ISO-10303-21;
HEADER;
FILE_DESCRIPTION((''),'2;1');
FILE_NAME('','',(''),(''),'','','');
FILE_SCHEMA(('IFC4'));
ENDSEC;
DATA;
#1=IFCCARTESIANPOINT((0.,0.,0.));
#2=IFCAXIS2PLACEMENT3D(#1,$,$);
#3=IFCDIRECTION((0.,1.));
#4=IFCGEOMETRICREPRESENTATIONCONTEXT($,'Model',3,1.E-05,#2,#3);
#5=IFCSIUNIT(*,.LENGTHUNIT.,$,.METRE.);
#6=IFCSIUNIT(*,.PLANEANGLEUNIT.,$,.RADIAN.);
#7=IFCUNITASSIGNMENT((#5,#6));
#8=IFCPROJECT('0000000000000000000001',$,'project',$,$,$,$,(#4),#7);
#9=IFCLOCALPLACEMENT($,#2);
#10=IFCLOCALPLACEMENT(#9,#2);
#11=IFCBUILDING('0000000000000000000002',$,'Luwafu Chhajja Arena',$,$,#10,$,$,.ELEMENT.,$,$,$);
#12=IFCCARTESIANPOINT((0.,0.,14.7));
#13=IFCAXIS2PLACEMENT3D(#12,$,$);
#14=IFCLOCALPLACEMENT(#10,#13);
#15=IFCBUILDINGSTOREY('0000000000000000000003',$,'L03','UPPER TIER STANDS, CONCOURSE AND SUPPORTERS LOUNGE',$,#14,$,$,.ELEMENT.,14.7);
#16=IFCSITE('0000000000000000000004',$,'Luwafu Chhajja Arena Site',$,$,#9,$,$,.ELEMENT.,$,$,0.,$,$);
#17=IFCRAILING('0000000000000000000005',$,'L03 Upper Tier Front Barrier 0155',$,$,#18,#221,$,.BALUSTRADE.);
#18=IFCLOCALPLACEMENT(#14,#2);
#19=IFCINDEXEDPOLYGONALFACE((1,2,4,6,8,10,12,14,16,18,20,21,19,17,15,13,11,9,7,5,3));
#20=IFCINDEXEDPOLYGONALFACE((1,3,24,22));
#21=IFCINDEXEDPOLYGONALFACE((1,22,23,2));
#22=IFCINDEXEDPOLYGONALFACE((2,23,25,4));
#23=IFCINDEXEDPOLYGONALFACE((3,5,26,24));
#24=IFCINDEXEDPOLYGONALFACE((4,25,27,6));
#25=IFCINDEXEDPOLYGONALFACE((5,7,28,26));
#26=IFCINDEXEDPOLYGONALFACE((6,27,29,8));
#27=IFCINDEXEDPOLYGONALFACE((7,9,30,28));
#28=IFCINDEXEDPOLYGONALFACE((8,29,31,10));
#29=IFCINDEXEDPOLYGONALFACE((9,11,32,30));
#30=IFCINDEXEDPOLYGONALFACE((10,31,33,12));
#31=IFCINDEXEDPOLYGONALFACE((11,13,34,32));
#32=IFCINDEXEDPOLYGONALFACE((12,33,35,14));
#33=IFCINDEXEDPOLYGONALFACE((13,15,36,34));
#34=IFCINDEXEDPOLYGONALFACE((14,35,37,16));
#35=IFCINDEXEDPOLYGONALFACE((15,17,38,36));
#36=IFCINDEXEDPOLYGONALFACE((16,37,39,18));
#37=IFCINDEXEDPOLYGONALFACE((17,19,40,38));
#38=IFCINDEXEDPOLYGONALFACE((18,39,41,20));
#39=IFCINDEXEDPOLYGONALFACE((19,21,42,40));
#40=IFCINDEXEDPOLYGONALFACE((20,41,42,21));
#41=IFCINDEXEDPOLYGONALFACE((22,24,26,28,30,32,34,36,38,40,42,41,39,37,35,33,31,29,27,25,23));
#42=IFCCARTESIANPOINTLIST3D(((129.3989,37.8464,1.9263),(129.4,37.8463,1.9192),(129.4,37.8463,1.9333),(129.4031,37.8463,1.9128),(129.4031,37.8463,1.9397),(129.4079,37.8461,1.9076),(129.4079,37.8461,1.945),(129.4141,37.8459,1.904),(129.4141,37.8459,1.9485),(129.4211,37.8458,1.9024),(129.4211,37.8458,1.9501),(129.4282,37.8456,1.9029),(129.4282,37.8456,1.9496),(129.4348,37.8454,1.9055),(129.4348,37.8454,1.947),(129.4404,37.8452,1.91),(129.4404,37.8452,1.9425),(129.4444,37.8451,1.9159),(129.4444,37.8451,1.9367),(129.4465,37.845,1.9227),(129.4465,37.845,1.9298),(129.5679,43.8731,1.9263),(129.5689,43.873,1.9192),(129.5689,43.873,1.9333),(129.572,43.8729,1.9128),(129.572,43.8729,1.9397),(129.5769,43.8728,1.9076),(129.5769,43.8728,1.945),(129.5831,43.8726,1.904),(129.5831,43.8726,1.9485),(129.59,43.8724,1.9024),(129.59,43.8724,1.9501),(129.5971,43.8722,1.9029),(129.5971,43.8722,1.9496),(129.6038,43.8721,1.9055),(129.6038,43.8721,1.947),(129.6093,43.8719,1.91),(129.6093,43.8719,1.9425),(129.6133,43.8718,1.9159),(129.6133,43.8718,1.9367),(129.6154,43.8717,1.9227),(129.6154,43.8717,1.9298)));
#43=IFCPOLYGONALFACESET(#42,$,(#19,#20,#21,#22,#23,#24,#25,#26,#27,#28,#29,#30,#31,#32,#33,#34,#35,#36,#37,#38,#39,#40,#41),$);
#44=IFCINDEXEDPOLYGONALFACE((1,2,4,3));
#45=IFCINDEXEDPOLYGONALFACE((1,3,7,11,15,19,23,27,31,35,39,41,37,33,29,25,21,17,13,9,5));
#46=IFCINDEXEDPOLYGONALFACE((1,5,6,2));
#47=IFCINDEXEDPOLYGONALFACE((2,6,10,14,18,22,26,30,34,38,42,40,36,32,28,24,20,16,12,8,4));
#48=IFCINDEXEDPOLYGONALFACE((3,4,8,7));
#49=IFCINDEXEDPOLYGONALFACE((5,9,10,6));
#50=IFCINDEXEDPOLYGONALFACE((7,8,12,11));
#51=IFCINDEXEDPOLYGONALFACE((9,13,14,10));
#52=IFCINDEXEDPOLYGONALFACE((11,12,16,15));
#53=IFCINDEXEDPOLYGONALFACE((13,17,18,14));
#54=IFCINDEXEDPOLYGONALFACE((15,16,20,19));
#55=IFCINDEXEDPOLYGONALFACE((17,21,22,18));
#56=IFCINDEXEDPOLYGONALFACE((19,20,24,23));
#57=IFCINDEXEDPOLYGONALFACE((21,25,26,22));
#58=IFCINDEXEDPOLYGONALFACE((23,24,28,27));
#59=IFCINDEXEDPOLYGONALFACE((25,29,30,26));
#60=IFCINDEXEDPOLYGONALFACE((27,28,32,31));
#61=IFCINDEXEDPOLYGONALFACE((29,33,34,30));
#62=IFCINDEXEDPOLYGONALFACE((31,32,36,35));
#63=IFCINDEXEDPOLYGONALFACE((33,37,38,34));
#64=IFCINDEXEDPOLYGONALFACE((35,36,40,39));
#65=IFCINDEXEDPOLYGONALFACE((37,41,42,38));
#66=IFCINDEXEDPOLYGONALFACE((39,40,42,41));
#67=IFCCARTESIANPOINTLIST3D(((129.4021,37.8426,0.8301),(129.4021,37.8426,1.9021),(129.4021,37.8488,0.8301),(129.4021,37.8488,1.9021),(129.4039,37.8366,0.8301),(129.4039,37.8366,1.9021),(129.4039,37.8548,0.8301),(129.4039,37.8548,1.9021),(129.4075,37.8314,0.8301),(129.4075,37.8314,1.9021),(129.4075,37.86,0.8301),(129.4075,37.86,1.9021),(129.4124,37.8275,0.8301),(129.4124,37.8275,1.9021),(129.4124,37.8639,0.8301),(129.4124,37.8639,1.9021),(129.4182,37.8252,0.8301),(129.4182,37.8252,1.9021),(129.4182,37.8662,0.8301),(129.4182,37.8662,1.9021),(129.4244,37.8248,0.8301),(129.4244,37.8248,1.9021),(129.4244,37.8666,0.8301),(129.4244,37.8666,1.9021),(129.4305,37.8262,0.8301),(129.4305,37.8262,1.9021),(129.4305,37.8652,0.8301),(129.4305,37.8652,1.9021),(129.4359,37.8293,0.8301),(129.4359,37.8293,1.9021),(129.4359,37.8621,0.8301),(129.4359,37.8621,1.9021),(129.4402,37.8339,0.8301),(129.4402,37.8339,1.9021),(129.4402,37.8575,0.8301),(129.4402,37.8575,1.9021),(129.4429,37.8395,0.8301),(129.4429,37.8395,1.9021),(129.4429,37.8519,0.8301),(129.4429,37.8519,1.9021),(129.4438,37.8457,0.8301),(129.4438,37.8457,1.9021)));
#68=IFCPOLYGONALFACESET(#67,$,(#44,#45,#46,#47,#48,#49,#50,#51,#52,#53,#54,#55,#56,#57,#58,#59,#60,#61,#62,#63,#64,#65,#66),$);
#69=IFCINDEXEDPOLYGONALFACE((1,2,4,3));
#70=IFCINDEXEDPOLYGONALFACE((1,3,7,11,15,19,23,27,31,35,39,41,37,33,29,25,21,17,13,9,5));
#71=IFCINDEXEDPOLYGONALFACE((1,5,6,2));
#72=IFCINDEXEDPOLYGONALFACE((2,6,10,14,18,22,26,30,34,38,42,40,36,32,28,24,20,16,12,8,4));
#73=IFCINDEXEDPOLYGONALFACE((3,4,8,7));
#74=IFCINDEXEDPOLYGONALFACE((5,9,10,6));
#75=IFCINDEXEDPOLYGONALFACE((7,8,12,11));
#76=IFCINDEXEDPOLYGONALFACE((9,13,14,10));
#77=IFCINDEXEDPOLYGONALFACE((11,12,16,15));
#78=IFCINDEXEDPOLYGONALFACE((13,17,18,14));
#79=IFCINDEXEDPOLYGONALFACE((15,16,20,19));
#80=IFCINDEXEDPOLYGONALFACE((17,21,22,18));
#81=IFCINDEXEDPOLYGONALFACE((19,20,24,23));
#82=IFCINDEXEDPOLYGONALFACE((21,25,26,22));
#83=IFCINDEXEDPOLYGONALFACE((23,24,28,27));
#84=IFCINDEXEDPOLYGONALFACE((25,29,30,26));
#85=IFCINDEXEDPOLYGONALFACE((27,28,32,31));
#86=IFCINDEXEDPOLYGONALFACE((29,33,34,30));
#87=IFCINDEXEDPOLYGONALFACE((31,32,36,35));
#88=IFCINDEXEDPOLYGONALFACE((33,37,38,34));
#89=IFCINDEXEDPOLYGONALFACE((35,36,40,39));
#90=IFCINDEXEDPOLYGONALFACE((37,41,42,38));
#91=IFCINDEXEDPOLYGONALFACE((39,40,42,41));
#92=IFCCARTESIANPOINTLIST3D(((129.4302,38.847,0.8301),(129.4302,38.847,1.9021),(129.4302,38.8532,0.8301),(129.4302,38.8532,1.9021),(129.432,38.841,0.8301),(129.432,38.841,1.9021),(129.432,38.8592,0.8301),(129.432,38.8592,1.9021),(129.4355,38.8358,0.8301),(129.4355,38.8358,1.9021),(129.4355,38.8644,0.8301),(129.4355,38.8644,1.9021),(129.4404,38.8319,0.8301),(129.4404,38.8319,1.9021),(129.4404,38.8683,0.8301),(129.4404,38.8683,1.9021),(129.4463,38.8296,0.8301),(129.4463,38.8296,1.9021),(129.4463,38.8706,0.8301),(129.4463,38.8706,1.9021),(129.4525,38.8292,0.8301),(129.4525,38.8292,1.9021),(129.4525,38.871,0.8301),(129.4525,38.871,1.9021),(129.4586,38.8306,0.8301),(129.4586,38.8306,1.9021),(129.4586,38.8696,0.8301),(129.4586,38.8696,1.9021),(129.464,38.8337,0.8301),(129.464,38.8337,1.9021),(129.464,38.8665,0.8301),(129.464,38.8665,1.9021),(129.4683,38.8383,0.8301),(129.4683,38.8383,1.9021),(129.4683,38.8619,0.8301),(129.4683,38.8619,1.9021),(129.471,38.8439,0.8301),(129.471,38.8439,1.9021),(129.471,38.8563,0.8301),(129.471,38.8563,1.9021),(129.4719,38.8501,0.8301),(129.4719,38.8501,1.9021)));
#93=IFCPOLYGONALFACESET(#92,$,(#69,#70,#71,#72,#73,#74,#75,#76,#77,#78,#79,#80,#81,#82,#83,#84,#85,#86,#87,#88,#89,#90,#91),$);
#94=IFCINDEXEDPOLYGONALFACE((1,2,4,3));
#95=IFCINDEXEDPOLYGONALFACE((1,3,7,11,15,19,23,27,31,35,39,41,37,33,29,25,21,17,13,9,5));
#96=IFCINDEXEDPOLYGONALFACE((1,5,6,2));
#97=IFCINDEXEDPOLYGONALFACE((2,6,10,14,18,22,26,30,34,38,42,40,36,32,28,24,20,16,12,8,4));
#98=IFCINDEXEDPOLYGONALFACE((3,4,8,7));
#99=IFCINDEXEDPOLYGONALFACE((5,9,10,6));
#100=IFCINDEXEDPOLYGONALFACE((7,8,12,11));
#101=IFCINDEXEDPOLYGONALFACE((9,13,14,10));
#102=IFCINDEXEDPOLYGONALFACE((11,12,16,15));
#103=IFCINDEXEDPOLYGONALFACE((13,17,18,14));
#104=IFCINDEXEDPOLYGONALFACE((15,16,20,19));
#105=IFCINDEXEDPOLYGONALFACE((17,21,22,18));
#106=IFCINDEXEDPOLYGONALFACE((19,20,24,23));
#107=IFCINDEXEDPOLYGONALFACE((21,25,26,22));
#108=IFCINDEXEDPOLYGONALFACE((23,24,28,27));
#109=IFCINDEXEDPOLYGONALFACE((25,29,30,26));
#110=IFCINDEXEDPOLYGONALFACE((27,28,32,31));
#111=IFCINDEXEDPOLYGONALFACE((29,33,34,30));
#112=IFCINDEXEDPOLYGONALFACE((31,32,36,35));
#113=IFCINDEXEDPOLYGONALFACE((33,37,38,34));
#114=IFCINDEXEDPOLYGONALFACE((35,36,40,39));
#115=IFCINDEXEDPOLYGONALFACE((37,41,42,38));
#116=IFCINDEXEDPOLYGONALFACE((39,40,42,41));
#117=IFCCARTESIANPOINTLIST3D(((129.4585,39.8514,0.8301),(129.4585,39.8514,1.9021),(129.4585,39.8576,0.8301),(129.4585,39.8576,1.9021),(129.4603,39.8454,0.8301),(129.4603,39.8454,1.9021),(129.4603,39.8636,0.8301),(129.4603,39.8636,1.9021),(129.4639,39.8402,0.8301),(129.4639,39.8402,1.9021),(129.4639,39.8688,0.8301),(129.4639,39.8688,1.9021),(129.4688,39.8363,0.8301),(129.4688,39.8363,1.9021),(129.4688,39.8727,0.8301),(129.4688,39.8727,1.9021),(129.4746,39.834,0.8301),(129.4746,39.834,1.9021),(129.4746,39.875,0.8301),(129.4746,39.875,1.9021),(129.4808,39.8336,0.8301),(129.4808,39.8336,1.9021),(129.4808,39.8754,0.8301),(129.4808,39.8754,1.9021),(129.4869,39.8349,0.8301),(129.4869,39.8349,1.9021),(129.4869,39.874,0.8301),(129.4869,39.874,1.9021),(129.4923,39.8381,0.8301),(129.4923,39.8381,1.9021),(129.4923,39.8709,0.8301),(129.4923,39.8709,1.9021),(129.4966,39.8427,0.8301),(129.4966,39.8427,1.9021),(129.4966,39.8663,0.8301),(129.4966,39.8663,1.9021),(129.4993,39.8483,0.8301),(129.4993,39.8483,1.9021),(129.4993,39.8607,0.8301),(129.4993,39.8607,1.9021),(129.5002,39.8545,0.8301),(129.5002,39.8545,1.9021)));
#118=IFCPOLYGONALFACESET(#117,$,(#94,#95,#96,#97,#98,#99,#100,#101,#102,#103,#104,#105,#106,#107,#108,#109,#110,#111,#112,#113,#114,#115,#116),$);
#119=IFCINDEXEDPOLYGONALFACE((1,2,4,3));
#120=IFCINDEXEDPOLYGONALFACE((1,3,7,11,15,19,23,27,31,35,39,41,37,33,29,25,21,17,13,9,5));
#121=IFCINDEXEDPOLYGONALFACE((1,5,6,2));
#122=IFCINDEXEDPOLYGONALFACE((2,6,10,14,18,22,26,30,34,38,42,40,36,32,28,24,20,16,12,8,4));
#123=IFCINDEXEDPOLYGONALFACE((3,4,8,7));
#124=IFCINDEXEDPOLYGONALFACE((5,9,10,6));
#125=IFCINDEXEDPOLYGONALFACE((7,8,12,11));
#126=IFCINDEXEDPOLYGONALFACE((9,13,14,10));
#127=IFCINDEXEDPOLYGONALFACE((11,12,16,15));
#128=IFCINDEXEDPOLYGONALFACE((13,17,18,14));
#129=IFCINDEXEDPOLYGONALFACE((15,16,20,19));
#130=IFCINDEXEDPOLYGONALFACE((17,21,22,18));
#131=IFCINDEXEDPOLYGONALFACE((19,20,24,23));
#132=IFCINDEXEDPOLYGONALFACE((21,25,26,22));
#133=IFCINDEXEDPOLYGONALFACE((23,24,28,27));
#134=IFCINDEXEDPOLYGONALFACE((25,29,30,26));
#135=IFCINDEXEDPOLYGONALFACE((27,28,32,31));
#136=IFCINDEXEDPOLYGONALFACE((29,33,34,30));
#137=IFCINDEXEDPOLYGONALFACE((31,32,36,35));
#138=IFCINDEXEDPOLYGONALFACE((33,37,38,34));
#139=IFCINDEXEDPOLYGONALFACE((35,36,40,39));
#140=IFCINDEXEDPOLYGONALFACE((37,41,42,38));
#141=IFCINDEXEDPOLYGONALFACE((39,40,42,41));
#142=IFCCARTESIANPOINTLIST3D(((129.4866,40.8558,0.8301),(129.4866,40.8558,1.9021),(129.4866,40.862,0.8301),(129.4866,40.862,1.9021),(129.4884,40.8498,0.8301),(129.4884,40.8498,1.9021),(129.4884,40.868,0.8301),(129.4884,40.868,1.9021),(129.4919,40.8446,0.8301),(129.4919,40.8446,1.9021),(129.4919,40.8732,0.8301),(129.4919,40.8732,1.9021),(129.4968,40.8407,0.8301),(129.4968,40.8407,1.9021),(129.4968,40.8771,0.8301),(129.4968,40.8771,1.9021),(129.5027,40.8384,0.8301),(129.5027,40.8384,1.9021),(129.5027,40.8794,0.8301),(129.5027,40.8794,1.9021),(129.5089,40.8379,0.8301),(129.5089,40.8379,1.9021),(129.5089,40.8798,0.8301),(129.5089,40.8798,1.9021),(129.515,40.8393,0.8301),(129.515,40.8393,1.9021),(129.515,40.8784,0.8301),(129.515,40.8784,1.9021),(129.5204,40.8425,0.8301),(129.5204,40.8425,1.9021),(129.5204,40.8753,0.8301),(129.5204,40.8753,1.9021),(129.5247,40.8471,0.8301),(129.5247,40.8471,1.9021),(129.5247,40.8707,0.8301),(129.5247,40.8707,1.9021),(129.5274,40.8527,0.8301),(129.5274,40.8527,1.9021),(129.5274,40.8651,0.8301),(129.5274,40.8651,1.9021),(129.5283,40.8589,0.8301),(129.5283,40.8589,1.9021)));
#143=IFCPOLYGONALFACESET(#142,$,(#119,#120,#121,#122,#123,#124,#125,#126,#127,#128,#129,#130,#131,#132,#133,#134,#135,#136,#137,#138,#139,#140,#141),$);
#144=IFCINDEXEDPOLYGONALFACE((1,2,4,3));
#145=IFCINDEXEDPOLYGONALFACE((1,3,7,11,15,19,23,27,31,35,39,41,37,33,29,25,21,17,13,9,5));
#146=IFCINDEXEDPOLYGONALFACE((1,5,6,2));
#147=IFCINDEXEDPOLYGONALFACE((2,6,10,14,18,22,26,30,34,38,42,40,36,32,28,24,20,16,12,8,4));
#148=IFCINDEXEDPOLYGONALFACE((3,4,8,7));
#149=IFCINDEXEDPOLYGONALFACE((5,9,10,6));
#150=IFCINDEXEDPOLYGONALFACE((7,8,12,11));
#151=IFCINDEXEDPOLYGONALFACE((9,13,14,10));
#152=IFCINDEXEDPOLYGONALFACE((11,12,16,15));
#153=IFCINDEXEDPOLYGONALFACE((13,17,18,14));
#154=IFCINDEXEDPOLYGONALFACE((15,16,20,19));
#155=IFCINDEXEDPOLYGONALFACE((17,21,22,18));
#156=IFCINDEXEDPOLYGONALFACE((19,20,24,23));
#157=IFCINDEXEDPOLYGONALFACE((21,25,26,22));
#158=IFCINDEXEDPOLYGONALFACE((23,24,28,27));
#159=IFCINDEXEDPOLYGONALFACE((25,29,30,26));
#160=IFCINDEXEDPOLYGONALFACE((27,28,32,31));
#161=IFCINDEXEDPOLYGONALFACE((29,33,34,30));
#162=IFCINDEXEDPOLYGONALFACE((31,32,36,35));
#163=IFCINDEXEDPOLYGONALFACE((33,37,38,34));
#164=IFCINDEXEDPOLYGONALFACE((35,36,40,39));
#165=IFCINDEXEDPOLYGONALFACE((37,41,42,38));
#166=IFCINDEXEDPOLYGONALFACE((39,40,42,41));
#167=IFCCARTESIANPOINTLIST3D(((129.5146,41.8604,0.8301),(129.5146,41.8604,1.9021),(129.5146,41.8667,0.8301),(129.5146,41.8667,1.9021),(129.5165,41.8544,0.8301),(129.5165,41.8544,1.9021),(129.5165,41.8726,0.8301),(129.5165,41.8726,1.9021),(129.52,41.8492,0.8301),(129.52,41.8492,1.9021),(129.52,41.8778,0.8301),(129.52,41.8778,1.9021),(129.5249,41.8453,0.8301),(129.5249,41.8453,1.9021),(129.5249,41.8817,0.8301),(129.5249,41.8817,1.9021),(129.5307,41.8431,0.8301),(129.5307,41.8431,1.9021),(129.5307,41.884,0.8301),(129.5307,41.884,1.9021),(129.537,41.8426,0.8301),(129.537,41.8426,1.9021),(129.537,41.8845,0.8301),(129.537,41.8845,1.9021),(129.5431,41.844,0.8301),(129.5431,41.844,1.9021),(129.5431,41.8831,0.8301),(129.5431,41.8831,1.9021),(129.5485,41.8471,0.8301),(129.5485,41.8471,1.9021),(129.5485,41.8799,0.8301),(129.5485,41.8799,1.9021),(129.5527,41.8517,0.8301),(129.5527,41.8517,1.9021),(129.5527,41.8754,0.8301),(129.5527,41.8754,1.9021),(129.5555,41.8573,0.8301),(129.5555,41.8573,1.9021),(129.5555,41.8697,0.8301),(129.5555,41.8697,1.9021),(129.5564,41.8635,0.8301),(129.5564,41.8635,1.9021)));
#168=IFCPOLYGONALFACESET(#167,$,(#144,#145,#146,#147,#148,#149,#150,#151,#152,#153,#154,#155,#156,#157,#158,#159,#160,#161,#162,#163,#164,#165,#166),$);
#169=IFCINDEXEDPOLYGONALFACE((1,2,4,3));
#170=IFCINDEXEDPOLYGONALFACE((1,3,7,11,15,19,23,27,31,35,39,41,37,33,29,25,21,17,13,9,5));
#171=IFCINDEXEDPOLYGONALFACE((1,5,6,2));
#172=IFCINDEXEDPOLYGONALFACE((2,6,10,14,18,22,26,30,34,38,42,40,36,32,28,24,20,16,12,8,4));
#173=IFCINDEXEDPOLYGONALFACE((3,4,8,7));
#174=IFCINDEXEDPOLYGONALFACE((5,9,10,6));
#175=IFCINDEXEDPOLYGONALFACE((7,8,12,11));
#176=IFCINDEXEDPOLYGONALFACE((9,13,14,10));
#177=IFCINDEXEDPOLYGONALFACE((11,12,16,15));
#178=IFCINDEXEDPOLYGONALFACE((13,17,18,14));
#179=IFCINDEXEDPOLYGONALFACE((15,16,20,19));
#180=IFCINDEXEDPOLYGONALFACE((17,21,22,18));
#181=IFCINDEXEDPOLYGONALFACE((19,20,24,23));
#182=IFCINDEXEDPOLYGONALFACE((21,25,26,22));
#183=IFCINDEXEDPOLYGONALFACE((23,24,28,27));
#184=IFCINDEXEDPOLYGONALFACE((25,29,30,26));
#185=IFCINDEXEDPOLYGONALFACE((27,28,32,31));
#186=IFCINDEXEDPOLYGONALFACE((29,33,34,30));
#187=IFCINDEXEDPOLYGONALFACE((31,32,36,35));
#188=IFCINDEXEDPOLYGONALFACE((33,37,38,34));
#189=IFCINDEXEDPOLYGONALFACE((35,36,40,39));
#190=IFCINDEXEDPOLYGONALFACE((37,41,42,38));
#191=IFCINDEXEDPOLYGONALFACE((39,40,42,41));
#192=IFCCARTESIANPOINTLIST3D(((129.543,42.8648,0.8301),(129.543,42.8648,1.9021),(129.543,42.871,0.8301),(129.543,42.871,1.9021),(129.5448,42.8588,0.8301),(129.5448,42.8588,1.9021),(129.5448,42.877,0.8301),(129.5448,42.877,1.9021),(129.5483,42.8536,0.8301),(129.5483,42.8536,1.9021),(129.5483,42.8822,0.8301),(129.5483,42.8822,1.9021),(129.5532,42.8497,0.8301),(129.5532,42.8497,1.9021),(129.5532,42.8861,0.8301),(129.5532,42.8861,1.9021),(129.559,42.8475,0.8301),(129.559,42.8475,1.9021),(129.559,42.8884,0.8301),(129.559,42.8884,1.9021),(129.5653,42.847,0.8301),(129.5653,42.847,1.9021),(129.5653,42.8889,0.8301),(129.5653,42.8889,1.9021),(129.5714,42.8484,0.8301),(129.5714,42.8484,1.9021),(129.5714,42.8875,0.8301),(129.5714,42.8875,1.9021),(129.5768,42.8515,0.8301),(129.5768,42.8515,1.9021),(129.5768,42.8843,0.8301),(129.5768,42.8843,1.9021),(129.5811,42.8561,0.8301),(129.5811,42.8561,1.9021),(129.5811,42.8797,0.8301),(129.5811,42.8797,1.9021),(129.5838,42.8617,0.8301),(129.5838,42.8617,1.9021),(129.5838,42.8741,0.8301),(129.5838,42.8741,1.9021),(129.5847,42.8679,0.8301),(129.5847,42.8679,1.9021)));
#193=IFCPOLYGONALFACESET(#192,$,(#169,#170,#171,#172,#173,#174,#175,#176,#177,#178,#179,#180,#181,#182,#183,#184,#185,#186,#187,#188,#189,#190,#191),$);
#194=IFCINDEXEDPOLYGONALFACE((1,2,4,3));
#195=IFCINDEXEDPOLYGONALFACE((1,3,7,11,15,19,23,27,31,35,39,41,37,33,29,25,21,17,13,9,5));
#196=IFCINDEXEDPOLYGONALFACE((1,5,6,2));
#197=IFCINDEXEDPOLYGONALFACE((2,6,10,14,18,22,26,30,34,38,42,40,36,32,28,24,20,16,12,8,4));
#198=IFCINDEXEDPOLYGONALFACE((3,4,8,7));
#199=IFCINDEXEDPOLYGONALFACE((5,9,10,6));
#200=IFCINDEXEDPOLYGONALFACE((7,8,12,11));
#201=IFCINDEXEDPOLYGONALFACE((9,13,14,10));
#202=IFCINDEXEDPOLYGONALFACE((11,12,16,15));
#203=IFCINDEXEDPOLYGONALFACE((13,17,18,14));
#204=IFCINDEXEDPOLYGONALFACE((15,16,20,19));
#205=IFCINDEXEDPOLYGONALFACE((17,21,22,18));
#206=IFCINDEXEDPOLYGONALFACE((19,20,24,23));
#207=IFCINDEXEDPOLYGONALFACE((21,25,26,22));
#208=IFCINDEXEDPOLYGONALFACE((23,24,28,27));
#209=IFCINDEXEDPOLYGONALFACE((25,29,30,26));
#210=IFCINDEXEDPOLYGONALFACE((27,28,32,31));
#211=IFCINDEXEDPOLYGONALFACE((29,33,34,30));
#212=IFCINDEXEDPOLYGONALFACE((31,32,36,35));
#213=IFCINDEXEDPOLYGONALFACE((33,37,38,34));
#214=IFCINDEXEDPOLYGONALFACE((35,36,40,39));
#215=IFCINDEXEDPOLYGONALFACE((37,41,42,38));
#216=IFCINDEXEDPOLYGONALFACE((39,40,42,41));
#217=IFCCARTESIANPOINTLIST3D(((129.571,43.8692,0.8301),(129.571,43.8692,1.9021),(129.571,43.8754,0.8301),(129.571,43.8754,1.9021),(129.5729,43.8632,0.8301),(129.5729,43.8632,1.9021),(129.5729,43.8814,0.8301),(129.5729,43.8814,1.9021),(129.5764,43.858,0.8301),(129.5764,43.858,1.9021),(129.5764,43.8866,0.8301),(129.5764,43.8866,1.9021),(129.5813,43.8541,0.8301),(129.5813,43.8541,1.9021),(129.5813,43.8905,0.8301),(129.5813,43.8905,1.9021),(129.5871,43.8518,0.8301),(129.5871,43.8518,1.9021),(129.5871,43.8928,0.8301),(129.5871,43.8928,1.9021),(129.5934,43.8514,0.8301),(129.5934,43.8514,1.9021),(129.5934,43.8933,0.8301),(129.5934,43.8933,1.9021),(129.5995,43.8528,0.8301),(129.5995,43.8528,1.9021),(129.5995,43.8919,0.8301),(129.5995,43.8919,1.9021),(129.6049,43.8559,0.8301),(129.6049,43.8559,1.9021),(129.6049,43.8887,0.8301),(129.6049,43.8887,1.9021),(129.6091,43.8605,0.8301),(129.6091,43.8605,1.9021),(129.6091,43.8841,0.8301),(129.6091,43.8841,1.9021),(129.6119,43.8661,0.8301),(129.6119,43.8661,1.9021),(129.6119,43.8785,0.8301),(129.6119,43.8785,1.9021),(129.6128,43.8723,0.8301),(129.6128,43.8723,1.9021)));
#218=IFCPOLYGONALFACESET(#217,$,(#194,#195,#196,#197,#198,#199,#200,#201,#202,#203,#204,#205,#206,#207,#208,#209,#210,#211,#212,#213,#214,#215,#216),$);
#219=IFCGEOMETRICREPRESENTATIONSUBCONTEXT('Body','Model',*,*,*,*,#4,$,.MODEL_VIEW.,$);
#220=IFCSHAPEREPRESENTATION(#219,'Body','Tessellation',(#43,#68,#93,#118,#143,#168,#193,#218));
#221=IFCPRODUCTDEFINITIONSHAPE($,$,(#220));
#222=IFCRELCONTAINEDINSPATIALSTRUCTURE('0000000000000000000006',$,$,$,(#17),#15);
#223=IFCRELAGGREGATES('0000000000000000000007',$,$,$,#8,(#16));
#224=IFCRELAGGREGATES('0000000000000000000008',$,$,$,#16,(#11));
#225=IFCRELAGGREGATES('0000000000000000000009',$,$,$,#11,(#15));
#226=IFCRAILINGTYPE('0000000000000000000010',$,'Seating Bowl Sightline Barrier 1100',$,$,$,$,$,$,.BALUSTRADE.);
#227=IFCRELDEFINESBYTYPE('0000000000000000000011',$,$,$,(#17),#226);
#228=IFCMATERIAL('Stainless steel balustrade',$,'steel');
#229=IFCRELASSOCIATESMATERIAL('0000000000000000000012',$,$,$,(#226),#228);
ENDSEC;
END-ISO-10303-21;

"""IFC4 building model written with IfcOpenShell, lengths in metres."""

from ifc_helpers import new_model, si_unit, direction, frame, origin, origin_2d, place, context, subcontext, project, spatial, circle, extrude, material, type_object, element, save


model = new_model("IFC4")

# Units and contexts
model_context = context("Model", 3, precision=1e-05, world=origin(), true_north=direction((0.0, 1.0)))
body_context = subcontext(model_context, "Body", "Model", "MODEL_VIEW")
ifc_project = project(units=[si_unit("LENGTHUNIT", "METRE"), si_unit("PLANEANGLEUNIT", "RADIAN")], contexts=[model_context])

# Site, building, storey
site_placement = place(None, origin())
site = spatial("IfcSite", under=ifc_project, at=site_placement, Name="Luwafu Chhajja Arena Site", CompositionType="ELEMENT", RefElevation=0.0)
building_placement = place(site_placement, origin())
building = spatial("IfcBuilding", under=site, at=building_placement, Name="Luwafu Chhajja Arena", CompositionType="ELEMENT")
storey_placement = place(building_placement, frame((0.0, 0.0, 14.7)))
storey = spatial("IfcBuildingStorey", under=building, at=storey_placement, Name="L03", Description="UPPER TIER STANDS, CONCOURSE AND SUPPORTERS LOUNGE", CompositionType="ELEMENT", Elevation=14.7)

# Railing
ifc_material_1 = material(Name="Stainless steel balustrade", Category="steel")
railing_type = type_object("IfcRailingType", Name="Seating Bowl Sightline Barrier 1100", PredefinedType="BALUSTRADE", material=ifc_material_1)
railing_1_placement = place(storey_placement, frame((129.4229, 37.8457, 0.8301)))
element("IfcRailing", 1, at=railing_1_placement, inside=storey, type_object=railing_type, Name="L03 Upper Tier Front Barrier 0155", PredefinedType="BALUSTRADE", context=body_context, shape_type="SweptSolid", body=[
    extrude(circle(Radius=0.0239, at=origin_2d()), frame((0.0, 0.0, 1.0962), z_axis=(0.028022, 0.999607, 0.0), x_axis=(-0.999607, 0.028022, 0.0)), (0.0, 0.0, 1.0), 6.0291),
    extrude(circle(Radius=0.021, at=origin_2d()), origin(), (0.0, 0.0, 1.0), 1.072),
    extrude(circle(Radius=0.021, at=origin_2d()), frame((0.0281, 1.0044, 0.0)), (0.0, 0.0, 1.0), 1.072),
    extrude(circle(Radius=0.021, at=origin_2d()), frame((0.0564, 2.0088, 0.0)), (0.0, 0.0, 1.0), 1.072),
    extrude(circle(Radius=0.021, at=origin_2d()), frame((0.0845, 3.0132, 0.0)), (0.0, 0.0, 1.0), 1.072),
    extrude(circle(Radius=0.021, at=origin_2d()), frame((0.1125, 4.0178, 0.0)), (0.0, 0.0, 1.0), 1.072),
    extrude(circle(Radius=0.021, at=origin_2d()), frame((0.1409, 5.0222, 0.0)), (0.0, 0.0, 1.0), 1.072),
    extrude(circle(Radius=0.021, at=origin_2d()), frame((0.1689, 6.0266, 0.0)), (0.0, 0.0, 1.0), 1.072),
])

save(model, "model.ifc")
